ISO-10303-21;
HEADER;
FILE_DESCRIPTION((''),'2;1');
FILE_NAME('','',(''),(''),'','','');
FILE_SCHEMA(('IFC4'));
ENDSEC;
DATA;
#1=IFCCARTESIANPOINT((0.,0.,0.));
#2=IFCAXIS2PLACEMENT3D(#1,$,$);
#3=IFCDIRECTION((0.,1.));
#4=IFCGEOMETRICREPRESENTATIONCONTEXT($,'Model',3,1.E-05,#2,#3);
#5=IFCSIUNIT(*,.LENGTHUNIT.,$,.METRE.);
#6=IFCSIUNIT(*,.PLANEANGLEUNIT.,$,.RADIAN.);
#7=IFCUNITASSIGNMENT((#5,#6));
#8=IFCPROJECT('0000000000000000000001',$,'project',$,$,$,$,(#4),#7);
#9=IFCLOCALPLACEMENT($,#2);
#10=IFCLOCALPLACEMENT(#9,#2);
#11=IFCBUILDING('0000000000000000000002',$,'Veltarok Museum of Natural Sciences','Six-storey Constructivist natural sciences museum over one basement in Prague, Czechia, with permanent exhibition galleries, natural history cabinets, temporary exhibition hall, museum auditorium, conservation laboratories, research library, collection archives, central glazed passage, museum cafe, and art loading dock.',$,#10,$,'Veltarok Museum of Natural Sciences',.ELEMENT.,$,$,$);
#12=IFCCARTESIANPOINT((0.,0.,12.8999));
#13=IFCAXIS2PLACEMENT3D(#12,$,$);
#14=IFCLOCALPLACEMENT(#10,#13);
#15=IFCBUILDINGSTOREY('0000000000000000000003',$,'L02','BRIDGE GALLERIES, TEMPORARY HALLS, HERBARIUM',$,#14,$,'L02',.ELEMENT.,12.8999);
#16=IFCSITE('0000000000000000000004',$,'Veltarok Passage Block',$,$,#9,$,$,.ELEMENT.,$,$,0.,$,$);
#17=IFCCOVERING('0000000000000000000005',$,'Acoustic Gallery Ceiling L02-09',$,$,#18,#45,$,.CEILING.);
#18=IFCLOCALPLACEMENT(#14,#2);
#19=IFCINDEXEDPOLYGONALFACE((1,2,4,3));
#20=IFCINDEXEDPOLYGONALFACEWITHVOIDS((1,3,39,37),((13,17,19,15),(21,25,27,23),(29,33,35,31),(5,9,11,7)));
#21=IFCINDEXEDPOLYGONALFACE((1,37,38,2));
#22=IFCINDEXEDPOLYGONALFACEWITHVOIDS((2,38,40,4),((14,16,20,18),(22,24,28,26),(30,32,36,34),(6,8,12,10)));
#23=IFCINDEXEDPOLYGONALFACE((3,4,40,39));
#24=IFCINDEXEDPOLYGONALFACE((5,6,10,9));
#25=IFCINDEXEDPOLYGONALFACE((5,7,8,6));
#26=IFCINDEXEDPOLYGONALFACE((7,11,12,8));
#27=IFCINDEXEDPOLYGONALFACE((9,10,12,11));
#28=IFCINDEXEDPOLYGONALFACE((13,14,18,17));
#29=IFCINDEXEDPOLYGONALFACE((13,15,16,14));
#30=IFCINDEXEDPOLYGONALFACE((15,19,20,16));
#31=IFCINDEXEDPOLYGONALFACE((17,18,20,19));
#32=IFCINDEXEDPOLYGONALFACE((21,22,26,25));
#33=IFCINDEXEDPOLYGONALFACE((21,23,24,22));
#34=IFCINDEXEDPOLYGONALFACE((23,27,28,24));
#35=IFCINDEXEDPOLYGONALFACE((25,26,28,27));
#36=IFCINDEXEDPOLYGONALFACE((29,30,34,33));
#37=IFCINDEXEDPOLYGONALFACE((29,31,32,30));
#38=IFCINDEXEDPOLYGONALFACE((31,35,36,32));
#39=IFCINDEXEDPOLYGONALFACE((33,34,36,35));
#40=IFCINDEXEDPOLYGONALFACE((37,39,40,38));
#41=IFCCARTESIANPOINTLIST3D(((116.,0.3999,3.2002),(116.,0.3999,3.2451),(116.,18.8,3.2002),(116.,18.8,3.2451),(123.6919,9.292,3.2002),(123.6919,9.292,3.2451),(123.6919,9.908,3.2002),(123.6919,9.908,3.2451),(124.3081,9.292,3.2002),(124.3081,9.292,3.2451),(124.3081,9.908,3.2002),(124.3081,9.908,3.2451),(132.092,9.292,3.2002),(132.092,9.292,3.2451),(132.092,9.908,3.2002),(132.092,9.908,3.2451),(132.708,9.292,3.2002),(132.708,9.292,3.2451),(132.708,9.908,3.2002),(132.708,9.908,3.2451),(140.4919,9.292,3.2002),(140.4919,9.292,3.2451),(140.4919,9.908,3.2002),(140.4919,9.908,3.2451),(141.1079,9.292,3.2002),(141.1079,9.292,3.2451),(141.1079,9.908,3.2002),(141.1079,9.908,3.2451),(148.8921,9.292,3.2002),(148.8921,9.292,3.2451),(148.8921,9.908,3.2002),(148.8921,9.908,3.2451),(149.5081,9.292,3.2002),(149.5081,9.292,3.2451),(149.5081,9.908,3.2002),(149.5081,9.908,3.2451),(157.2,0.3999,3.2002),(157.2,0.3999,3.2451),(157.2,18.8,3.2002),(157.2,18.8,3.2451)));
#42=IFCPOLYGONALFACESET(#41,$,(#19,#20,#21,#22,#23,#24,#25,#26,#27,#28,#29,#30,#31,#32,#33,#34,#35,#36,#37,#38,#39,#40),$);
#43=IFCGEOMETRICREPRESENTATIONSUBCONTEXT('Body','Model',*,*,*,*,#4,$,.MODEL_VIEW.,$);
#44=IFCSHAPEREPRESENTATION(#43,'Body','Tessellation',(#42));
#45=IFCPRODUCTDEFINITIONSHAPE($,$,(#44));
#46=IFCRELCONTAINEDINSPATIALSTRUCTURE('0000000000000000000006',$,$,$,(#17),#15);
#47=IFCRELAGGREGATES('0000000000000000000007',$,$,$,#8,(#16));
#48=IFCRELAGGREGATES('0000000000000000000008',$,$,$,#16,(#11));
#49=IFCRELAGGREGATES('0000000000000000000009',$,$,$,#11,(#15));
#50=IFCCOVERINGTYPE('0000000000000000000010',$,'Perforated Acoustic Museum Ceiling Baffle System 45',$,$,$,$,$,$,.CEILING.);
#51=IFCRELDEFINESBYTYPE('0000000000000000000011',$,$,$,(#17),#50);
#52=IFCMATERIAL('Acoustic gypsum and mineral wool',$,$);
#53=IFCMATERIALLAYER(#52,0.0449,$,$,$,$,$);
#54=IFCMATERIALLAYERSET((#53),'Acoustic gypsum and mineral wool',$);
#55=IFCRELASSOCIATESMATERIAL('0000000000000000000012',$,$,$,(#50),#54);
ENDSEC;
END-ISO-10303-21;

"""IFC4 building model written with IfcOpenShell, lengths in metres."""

from ifc_helpers import new_model, si_unit, direction, frame, origin, place, context, subcontext, project, spatial, polyline, outline, extrude, material, layer, layer_set, type_object, element, save


model = new_model("IFC4")

# Units and contexts
model_context = context("Model", 3, precision=1e-05, world=origin(), true_north=direction((0.0, 1.0)))
body_context = subcontext(model_context, "Body", "Model", "MODEL_VIEW")
ifc_project = project(units=[si_unit("LENGTHUNIT", "METRE"), si_unit("PLANEANGLEUNIT", "RADIAN")], contexts=[model_context])

# Site, building, storey
site_placement = place(None, origin())
site = spatial("IfcSite", under=ifc_project, at=site_placement, Name="Veltarok Passage Block", CompositionType="ELEMENT", RefElevation=0.0)
building_placement = place(site_placement, origin())
building = spatial("IfcBuilding", under=site, at=building_placement, Name="Veltarok Museum of Natural Sciences", Description="Six-storey Constructivist natural sciences museum over one basement in Prague, Czechia, with permanent exhibition galleries, natural history cabinets, temporary exhibition hall, museum auditorium, conservation laboratories, research library, collection archives, central glazed passage, museum cafe, and art loading dock.", LongName="Veltarok Museum of Natural Sciences", CompositionType="ELEMENT")
storey_placement = place(building_placement, frame((0.0, 0.0, 12.8999)))
storey = spatial("IfcBuildingStorey", under=building, at=storey_placement, Name="L02", Description="BRIDGE GALLERIES, TEMPORARY HALLS, HERBARIUM", LongName="L02", CompositionType="ELEMENT", Elevation=12.8999)

# Covering
ifc_material_1 = material(Name="Acoustic gypsum and mineral wool")
ifc_layer_1 = layer(ifc_material_1, 0.0449)
ifc_layer_set_1 = layer_set([ifc_layer_1], Name="Acoustic gypsum and mineral wool")
covering_type = type_object("IfcCoveringType", Name="Perforated Acoustic Museum Ceiling Baffle System 45", PredefinedType="CEILING", material=ifc_layer_set_1)
covering_1_placement = place(storey_placement, frame((0.0, 0.0, 3.2002)))
element("IfcCovering", 1, at=covering_1_placement, inside=storey, type_object=covering_type, Name="Acoustic Gallery Ceiling L02-09", PredefinedType="CEILING", context=body_context, shape_type="SweptSolid", body=[
    extrude(outline(polyline([(116.0, 0.3999), (116.0, 18.8), (157.2, 18.8), (157.2, 0.3999), (116.0, 0.3999)]), holes=[polyline([(132.092, 9.908), (132.092, 9.292), (132.708, 9.292), (132.708, 9.908), (132.092, 9.908)]), polyline([(123.6919, 9.908), (123.6919, 9.292), (124.3081, 9.292), (124.3081, 9.908), (123.6919, 9.908)]), polyline([(140.4919, 9.908), (140.4919, 9.292), (141.1079, 9.292), (141.1079, 9.908), (140.4919, 9.908)]), polyline([(148.8921, 9.908), (148.8921, 9.292), (149.5081, 9.292), (149.5081, 9.908), (148.8921, 9.908)])]), origin(), (0.0, 0.0, 1.0), 0.0449),
])

save(model, "model.ifc")
